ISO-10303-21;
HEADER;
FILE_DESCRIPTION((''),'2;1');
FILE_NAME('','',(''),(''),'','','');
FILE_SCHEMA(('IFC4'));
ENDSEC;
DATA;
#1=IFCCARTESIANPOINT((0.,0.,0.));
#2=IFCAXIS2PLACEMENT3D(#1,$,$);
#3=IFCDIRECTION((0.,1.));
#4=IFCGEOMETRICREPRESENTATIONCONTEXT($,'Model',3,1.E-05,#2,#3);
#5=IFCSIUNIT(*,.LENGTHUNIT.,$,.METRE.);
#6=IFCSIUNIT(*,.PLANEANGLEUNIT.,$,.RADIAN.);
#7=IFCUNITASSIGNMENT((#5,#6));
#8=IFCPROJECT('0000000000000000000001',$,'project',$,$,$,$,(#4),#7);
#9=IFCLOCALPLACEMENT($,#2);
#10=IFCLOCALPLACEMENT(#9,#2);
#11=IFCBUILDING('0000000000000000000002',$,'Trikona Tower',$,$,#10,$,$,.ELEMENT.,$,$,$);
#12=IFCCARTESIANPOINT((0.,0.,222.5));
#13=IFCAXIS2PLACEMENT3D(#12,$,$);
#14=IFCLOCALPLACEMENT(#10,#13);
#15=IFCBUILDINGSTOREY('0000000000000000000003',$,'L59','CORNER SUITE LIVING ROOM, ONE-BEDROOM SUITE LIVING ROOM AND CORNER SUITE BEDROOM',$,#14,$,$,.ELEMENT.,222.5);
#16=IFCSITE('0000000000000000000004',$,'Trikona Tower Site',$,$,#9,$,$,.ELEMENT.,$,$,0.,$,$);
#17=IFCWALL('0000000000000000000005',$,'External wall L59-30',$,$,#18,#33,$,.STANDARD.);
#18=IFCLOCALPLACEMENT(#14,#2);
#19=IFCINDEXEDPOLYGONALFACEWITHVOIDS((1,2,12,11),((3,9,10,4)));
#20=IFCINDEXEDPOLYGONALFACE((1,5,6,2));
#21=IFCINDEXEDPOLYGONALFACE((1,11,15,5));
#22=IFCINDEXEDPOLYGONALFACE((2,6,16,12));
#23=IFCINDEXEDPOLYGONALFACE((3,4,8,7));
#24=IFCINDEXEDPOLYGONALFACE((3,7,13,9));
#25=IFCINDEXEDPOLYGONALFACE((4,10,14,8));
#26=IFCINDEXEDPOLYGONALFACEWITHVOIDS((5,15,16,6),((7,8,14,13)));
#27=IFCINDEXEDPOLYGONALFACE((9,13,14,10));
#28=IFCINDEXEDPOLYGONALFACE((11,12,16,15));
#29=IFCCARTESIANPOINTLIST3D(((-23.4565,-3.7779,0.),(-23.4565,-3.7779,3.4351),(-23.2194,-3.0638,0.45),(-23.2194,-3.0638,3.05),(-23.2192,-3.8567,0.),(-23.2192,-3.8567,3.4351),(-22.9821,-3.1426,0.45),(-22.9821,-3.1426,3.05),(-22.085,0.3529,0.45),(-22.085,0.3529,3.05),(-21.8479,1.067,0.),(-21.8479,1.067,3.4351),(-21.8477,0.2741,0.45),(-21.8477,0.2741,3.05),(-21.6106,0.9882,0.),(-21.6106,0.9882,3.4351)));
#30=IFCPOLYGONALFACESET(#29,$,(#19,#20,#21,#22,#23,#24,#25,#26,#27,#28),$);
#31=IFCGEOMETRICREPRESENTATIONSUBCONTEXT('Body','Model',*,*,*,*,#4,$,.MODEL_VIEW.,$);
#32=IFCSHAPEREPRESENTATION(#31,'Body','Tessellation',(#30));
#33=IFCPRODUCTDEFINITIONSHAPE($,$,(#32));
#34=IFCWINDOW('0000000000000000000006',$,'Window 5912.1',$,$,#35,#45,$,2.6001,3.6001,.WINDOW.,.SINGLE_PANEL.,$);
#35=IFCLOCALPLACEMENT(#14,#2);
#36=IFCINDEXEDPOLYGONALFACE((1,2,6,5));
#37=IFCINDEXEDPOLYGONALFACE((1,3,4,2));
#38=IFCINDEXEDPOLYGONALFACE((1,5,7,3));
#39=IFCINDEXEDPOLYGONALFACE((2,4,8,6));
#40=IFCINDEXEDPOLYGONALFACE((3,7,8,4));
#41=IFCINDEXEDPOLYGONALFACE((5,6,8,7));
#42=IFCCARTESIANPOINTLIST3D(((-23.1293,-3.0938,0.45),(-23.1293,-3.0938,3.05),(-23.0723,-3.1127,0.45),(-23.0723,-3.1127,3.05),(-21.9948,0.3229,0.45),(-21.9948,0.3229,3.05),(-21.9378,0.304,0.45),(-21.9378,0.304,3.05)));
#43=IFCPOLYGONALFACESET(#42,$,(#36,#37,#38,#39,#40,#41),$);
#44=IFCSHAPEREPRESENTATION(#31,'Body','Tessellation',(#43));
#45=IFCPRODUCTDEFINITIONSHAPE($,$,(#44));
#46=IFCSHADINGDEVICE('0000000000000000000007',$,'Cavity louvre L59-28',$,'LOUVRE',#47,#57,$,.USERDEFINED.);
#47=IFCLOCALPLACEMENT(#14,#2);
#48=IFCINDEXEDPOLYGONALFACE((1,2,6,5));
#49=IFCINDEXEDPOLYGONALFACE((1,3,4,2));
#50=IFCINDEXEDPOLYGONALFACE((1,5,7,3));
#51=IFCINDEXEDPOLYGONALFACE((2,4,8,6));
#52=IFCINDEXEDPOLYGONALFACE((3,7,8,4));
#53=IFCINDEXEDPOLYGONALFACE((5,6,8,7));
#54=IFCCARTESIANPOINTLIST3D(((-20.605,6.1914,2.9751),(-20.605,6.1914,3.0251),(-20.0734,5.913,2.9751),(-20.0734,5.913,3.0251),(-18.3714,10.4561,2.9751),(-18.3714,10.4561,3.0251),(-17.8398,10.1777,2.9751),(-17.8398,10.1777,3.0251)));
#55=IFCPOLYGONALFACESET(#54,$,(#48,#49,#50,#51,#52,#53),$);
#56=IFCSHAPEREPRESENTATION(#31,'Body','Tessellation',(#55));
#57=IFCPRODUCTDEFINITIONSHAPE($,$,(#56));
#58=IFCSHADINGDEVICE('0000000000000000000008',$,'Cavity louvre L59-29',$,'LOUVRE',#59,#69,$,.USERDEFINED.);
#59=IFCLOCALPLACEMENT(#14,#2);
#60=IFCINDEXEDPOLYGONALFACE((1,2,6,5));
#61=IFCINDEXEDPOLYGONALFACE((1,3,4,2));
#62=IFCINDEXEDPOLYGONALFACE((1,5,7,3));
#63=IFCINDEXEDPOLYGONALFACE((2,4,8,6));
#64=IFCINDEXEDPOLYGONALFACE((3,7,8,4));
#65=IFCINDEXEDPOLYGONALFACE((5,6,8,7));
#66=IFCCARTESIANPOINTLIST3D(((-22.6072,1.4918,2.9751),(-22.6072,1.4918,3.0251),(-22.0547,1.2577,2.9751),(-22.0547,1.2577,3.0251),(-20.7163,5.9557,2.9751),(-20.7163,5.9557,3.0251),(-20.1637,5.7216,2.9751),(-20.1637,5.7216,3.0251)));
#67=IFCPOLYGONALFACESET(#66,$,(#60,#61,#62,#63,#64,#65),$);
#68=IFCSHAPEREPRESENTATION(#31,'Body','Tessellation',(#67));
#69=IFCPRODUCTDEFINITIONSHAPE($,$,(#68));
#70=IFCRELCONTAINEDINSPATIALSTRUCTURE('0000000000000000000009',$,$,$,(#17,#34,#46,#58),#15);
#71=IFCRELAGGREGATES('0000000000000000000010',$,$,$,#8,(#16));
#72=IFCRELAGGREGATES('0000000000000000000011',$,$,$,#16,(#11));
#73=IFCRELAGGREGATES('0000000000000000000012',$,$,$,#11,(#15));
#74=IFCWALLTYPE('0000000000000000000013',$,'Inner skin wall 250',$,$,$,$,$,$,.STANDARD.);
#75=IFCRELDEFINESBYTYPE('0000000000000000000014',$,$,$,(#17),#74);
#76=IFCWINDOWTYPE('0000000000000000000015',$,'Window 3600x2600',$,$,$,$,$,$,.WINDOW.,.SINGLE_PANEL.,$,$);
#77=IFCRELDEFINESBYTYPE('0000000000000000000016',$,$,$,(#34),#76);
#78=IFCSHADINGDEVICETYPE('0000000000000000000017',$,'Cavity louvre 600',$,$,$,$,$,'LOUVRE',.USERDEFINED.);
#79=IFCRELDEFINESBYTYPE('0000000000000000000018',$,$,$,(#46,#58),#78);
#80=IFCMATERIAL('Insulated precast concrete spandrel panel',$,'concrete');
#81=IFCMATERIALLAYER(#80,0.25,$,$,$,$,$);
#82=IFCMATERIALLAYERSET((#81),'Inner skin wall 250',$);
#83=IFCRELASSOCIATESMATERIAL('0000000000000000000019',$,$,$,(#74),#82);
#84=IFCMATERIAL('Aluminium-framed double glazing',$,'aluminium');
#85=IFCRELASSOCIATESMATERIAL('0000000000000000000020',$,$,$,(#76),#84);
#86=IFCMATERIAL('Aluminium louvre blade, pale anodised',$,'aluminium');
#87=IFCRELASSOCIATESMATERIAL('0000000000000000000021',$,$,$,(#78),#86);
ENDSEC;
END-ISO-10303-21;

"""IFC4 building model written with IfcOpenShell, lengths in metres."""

from ifc_helpers import new_model, si_unit, direction, frame, frame_2d, origin, origin_2d, place, context, subcontext, project, spatial, rectangle, extrude, material, layer, layer_set, type_object, element, fill, save


model = new_model("IFC4")

# Units and contexts
model_context = context("Model", 3, precision=1e-05, world=origin(), true_north=direction((0.0, 1.0)))
body_context = subcontext(model_context, "Body", "Model", "MODEL_VIEW")
ifc_project = project(units=[si_unit("LENGTHUNIT", "METRE"), si_unit("PLANEANGLEUNIT", "RADIAN")], contexts=[model_context])

# Site, building, storey
site_placement = place(None, origin())
site = spatial("IfcSite", under=ifc_project, at=site_placement, Name="Trikona Tower Site", CompositionType="ELEMENT", RefElevation=0.0)
building_placement = place(site_placement, origin())
building = spatial("IfcBuilding", under=site, at=building_placement, Name="Trikona Tower", CompositionType="ELEMENT")
storey_placement = place(building_placement, frame((0.0, 0.0, 222.5)))
storey = spatial("IfcBuildingStorey", under=building, at=storey_placement, Name="L59", Description="CORNER SUITE LIVING ROOM, ONE-BEDROOM SUITE LIVING ROOM AND CORNER SUITE BEDROOM", CompositionType="ELEMENT", Elevation=222.5)

# Wall, opening, window
ifc_material_1 = material(Name="Insulated precast concrete spandrel panel", Category="concrete")
ifc_layer_1 = layer(ifc_material_1, 0.25)
ifc_layer_set_1 = layer_set([ifc_layer_1], Name="Inner skin wall 250")
wall_type = type_object("IfcWallType", Name="Inner skin wall 250", PredefinedType="STANDARD", material=ifc_layer_set_1)
ifc_material_2 = material(Name="Aluminium-framed double glazing", Category="aluminium")
window_type = type_object("IfcWindowType", Name="Window 3600x2600", PartitioningType="SINGLE_PANEL", PredefinedType="WINDOW", material=ifc_material_2)
wall_1_placement = place(storey_placement, frame((-21.7292, 1.0276, 0.0), z_axis=(0.0, 0.0, 1.0), x_axis=(-0.315108, -0.949056, 0.0)))
wall_1 = element("IfcWall", 1, at=wall_1_placement, inside=storey, type_object=wall_type, Name="External wall L59-30", PredefinedType="STANDARD", context=body_context, shape_type="SweptSolid", body=[
    extrude(rectangle(XDim=5.105, YDim=0.25, at=frame_2d((2.5525, 0.0))), origin(), (0.0, 0.0, 1.0), 3.4351),
])
opening_1_placement = place(wall_1_placement, frame((0.7524, 0.0, 0.45)))
opening_1 = element("IfcOpeningElement", 2, at=opening_1_placement, cuts=wall_1, PredefinedType="OPENING", context=body_context, shape_type="SweptSolid", body=[
    extrude(rectangle(XDim=3.6001, YDim=2.6001, at=frame_2d((1.8, 1.3))), frame((0.0, 0.135, 0.0), z_axis=(0.0, -1.0, 0.0), x_axis=(1.0, 0.0, 0.0)), (0.0, 0.0, 1.0), 0.27),
])
window_1_placement = place(opening_1_placement, origin())
window_1 = element("IfcWindow", 3, at=window_1_placement, inside=storey, type_object=window_type, Name="Window 5912.1", OverallHeight=2.6001, OverallWidth=3.6001, PartitioningType="SINGLE_PANEL", PredefinedType="WINDOW", context=body_context, shape_type="SweptSolid", body=[
    extrude(rectangle(XDim=3.6001, YDim=2.6001, at=frame_2d((1.8, 1.3))), frame((0.0, 0.03, 0.0), z_axis=(0.0, -1.0, 0.0), x_axis=(1.0, 0.0, 0.0)), (0.0, 0.0, 1.0), 0.0601),
])
fill(opening_1, window_1)

# Shading devices
ifc_material_3 = material(Name="Aluminium louvre blade, pale anodised", Category="aluminium")
shading_device_type = type_object("IfcShadingDeviceType", Name="Cavity louvre 600", ElementType="LOUVRE", PredefinedType="USERDEFINED", material=ifc_material_3)
shading_device_1_placement = place(storey_placement, frame((-19.2224, 8.1846, 2.9751), z_axis=(0.0, 0.0, 1.0), x_axis=(-0.463952, -0.88586, 0.0)))
element("IfcShadingDevice", 4, at=shading_device_1_placement, inside=storey, type_object=shading_device_type, Name="Cavity louvre L59-28", ObjectType="LOUVRE", PredefinedType="USERDEFINED", context=body_context, shape_type="SweptSolid", body=[
    extrude(rectangle(XDim=4.8142, YDim=0.6001, at=origin_2d()), origin(), (0.0, 0.0, 1.0), 0.05),
])
shading_device_2_placement = place(storey_placement, frame((-21.3855, 3.6067, 2.9751), z_axis=(0.0, 0.0, 1.0), x_axis=(-0.390051, -0.920793, 0.0)))
element("IfcShadingDevice", 5, at=shading_device_2_placement, inside=storey, type_object=shading_device_type, Name="Cavity louvre L59-29", ObjectType="LOUVRE", PredefinedType="USERDEFINED", context=body_context, shape_type="SweptSolid", body=[
    extrude(rectangle(XDim=4.8479, YDim=0.6001, at=origin_2d()), origin(), (0.0, 0.0, 1.0), 0.05),
])

save(model, "model.ifc")
